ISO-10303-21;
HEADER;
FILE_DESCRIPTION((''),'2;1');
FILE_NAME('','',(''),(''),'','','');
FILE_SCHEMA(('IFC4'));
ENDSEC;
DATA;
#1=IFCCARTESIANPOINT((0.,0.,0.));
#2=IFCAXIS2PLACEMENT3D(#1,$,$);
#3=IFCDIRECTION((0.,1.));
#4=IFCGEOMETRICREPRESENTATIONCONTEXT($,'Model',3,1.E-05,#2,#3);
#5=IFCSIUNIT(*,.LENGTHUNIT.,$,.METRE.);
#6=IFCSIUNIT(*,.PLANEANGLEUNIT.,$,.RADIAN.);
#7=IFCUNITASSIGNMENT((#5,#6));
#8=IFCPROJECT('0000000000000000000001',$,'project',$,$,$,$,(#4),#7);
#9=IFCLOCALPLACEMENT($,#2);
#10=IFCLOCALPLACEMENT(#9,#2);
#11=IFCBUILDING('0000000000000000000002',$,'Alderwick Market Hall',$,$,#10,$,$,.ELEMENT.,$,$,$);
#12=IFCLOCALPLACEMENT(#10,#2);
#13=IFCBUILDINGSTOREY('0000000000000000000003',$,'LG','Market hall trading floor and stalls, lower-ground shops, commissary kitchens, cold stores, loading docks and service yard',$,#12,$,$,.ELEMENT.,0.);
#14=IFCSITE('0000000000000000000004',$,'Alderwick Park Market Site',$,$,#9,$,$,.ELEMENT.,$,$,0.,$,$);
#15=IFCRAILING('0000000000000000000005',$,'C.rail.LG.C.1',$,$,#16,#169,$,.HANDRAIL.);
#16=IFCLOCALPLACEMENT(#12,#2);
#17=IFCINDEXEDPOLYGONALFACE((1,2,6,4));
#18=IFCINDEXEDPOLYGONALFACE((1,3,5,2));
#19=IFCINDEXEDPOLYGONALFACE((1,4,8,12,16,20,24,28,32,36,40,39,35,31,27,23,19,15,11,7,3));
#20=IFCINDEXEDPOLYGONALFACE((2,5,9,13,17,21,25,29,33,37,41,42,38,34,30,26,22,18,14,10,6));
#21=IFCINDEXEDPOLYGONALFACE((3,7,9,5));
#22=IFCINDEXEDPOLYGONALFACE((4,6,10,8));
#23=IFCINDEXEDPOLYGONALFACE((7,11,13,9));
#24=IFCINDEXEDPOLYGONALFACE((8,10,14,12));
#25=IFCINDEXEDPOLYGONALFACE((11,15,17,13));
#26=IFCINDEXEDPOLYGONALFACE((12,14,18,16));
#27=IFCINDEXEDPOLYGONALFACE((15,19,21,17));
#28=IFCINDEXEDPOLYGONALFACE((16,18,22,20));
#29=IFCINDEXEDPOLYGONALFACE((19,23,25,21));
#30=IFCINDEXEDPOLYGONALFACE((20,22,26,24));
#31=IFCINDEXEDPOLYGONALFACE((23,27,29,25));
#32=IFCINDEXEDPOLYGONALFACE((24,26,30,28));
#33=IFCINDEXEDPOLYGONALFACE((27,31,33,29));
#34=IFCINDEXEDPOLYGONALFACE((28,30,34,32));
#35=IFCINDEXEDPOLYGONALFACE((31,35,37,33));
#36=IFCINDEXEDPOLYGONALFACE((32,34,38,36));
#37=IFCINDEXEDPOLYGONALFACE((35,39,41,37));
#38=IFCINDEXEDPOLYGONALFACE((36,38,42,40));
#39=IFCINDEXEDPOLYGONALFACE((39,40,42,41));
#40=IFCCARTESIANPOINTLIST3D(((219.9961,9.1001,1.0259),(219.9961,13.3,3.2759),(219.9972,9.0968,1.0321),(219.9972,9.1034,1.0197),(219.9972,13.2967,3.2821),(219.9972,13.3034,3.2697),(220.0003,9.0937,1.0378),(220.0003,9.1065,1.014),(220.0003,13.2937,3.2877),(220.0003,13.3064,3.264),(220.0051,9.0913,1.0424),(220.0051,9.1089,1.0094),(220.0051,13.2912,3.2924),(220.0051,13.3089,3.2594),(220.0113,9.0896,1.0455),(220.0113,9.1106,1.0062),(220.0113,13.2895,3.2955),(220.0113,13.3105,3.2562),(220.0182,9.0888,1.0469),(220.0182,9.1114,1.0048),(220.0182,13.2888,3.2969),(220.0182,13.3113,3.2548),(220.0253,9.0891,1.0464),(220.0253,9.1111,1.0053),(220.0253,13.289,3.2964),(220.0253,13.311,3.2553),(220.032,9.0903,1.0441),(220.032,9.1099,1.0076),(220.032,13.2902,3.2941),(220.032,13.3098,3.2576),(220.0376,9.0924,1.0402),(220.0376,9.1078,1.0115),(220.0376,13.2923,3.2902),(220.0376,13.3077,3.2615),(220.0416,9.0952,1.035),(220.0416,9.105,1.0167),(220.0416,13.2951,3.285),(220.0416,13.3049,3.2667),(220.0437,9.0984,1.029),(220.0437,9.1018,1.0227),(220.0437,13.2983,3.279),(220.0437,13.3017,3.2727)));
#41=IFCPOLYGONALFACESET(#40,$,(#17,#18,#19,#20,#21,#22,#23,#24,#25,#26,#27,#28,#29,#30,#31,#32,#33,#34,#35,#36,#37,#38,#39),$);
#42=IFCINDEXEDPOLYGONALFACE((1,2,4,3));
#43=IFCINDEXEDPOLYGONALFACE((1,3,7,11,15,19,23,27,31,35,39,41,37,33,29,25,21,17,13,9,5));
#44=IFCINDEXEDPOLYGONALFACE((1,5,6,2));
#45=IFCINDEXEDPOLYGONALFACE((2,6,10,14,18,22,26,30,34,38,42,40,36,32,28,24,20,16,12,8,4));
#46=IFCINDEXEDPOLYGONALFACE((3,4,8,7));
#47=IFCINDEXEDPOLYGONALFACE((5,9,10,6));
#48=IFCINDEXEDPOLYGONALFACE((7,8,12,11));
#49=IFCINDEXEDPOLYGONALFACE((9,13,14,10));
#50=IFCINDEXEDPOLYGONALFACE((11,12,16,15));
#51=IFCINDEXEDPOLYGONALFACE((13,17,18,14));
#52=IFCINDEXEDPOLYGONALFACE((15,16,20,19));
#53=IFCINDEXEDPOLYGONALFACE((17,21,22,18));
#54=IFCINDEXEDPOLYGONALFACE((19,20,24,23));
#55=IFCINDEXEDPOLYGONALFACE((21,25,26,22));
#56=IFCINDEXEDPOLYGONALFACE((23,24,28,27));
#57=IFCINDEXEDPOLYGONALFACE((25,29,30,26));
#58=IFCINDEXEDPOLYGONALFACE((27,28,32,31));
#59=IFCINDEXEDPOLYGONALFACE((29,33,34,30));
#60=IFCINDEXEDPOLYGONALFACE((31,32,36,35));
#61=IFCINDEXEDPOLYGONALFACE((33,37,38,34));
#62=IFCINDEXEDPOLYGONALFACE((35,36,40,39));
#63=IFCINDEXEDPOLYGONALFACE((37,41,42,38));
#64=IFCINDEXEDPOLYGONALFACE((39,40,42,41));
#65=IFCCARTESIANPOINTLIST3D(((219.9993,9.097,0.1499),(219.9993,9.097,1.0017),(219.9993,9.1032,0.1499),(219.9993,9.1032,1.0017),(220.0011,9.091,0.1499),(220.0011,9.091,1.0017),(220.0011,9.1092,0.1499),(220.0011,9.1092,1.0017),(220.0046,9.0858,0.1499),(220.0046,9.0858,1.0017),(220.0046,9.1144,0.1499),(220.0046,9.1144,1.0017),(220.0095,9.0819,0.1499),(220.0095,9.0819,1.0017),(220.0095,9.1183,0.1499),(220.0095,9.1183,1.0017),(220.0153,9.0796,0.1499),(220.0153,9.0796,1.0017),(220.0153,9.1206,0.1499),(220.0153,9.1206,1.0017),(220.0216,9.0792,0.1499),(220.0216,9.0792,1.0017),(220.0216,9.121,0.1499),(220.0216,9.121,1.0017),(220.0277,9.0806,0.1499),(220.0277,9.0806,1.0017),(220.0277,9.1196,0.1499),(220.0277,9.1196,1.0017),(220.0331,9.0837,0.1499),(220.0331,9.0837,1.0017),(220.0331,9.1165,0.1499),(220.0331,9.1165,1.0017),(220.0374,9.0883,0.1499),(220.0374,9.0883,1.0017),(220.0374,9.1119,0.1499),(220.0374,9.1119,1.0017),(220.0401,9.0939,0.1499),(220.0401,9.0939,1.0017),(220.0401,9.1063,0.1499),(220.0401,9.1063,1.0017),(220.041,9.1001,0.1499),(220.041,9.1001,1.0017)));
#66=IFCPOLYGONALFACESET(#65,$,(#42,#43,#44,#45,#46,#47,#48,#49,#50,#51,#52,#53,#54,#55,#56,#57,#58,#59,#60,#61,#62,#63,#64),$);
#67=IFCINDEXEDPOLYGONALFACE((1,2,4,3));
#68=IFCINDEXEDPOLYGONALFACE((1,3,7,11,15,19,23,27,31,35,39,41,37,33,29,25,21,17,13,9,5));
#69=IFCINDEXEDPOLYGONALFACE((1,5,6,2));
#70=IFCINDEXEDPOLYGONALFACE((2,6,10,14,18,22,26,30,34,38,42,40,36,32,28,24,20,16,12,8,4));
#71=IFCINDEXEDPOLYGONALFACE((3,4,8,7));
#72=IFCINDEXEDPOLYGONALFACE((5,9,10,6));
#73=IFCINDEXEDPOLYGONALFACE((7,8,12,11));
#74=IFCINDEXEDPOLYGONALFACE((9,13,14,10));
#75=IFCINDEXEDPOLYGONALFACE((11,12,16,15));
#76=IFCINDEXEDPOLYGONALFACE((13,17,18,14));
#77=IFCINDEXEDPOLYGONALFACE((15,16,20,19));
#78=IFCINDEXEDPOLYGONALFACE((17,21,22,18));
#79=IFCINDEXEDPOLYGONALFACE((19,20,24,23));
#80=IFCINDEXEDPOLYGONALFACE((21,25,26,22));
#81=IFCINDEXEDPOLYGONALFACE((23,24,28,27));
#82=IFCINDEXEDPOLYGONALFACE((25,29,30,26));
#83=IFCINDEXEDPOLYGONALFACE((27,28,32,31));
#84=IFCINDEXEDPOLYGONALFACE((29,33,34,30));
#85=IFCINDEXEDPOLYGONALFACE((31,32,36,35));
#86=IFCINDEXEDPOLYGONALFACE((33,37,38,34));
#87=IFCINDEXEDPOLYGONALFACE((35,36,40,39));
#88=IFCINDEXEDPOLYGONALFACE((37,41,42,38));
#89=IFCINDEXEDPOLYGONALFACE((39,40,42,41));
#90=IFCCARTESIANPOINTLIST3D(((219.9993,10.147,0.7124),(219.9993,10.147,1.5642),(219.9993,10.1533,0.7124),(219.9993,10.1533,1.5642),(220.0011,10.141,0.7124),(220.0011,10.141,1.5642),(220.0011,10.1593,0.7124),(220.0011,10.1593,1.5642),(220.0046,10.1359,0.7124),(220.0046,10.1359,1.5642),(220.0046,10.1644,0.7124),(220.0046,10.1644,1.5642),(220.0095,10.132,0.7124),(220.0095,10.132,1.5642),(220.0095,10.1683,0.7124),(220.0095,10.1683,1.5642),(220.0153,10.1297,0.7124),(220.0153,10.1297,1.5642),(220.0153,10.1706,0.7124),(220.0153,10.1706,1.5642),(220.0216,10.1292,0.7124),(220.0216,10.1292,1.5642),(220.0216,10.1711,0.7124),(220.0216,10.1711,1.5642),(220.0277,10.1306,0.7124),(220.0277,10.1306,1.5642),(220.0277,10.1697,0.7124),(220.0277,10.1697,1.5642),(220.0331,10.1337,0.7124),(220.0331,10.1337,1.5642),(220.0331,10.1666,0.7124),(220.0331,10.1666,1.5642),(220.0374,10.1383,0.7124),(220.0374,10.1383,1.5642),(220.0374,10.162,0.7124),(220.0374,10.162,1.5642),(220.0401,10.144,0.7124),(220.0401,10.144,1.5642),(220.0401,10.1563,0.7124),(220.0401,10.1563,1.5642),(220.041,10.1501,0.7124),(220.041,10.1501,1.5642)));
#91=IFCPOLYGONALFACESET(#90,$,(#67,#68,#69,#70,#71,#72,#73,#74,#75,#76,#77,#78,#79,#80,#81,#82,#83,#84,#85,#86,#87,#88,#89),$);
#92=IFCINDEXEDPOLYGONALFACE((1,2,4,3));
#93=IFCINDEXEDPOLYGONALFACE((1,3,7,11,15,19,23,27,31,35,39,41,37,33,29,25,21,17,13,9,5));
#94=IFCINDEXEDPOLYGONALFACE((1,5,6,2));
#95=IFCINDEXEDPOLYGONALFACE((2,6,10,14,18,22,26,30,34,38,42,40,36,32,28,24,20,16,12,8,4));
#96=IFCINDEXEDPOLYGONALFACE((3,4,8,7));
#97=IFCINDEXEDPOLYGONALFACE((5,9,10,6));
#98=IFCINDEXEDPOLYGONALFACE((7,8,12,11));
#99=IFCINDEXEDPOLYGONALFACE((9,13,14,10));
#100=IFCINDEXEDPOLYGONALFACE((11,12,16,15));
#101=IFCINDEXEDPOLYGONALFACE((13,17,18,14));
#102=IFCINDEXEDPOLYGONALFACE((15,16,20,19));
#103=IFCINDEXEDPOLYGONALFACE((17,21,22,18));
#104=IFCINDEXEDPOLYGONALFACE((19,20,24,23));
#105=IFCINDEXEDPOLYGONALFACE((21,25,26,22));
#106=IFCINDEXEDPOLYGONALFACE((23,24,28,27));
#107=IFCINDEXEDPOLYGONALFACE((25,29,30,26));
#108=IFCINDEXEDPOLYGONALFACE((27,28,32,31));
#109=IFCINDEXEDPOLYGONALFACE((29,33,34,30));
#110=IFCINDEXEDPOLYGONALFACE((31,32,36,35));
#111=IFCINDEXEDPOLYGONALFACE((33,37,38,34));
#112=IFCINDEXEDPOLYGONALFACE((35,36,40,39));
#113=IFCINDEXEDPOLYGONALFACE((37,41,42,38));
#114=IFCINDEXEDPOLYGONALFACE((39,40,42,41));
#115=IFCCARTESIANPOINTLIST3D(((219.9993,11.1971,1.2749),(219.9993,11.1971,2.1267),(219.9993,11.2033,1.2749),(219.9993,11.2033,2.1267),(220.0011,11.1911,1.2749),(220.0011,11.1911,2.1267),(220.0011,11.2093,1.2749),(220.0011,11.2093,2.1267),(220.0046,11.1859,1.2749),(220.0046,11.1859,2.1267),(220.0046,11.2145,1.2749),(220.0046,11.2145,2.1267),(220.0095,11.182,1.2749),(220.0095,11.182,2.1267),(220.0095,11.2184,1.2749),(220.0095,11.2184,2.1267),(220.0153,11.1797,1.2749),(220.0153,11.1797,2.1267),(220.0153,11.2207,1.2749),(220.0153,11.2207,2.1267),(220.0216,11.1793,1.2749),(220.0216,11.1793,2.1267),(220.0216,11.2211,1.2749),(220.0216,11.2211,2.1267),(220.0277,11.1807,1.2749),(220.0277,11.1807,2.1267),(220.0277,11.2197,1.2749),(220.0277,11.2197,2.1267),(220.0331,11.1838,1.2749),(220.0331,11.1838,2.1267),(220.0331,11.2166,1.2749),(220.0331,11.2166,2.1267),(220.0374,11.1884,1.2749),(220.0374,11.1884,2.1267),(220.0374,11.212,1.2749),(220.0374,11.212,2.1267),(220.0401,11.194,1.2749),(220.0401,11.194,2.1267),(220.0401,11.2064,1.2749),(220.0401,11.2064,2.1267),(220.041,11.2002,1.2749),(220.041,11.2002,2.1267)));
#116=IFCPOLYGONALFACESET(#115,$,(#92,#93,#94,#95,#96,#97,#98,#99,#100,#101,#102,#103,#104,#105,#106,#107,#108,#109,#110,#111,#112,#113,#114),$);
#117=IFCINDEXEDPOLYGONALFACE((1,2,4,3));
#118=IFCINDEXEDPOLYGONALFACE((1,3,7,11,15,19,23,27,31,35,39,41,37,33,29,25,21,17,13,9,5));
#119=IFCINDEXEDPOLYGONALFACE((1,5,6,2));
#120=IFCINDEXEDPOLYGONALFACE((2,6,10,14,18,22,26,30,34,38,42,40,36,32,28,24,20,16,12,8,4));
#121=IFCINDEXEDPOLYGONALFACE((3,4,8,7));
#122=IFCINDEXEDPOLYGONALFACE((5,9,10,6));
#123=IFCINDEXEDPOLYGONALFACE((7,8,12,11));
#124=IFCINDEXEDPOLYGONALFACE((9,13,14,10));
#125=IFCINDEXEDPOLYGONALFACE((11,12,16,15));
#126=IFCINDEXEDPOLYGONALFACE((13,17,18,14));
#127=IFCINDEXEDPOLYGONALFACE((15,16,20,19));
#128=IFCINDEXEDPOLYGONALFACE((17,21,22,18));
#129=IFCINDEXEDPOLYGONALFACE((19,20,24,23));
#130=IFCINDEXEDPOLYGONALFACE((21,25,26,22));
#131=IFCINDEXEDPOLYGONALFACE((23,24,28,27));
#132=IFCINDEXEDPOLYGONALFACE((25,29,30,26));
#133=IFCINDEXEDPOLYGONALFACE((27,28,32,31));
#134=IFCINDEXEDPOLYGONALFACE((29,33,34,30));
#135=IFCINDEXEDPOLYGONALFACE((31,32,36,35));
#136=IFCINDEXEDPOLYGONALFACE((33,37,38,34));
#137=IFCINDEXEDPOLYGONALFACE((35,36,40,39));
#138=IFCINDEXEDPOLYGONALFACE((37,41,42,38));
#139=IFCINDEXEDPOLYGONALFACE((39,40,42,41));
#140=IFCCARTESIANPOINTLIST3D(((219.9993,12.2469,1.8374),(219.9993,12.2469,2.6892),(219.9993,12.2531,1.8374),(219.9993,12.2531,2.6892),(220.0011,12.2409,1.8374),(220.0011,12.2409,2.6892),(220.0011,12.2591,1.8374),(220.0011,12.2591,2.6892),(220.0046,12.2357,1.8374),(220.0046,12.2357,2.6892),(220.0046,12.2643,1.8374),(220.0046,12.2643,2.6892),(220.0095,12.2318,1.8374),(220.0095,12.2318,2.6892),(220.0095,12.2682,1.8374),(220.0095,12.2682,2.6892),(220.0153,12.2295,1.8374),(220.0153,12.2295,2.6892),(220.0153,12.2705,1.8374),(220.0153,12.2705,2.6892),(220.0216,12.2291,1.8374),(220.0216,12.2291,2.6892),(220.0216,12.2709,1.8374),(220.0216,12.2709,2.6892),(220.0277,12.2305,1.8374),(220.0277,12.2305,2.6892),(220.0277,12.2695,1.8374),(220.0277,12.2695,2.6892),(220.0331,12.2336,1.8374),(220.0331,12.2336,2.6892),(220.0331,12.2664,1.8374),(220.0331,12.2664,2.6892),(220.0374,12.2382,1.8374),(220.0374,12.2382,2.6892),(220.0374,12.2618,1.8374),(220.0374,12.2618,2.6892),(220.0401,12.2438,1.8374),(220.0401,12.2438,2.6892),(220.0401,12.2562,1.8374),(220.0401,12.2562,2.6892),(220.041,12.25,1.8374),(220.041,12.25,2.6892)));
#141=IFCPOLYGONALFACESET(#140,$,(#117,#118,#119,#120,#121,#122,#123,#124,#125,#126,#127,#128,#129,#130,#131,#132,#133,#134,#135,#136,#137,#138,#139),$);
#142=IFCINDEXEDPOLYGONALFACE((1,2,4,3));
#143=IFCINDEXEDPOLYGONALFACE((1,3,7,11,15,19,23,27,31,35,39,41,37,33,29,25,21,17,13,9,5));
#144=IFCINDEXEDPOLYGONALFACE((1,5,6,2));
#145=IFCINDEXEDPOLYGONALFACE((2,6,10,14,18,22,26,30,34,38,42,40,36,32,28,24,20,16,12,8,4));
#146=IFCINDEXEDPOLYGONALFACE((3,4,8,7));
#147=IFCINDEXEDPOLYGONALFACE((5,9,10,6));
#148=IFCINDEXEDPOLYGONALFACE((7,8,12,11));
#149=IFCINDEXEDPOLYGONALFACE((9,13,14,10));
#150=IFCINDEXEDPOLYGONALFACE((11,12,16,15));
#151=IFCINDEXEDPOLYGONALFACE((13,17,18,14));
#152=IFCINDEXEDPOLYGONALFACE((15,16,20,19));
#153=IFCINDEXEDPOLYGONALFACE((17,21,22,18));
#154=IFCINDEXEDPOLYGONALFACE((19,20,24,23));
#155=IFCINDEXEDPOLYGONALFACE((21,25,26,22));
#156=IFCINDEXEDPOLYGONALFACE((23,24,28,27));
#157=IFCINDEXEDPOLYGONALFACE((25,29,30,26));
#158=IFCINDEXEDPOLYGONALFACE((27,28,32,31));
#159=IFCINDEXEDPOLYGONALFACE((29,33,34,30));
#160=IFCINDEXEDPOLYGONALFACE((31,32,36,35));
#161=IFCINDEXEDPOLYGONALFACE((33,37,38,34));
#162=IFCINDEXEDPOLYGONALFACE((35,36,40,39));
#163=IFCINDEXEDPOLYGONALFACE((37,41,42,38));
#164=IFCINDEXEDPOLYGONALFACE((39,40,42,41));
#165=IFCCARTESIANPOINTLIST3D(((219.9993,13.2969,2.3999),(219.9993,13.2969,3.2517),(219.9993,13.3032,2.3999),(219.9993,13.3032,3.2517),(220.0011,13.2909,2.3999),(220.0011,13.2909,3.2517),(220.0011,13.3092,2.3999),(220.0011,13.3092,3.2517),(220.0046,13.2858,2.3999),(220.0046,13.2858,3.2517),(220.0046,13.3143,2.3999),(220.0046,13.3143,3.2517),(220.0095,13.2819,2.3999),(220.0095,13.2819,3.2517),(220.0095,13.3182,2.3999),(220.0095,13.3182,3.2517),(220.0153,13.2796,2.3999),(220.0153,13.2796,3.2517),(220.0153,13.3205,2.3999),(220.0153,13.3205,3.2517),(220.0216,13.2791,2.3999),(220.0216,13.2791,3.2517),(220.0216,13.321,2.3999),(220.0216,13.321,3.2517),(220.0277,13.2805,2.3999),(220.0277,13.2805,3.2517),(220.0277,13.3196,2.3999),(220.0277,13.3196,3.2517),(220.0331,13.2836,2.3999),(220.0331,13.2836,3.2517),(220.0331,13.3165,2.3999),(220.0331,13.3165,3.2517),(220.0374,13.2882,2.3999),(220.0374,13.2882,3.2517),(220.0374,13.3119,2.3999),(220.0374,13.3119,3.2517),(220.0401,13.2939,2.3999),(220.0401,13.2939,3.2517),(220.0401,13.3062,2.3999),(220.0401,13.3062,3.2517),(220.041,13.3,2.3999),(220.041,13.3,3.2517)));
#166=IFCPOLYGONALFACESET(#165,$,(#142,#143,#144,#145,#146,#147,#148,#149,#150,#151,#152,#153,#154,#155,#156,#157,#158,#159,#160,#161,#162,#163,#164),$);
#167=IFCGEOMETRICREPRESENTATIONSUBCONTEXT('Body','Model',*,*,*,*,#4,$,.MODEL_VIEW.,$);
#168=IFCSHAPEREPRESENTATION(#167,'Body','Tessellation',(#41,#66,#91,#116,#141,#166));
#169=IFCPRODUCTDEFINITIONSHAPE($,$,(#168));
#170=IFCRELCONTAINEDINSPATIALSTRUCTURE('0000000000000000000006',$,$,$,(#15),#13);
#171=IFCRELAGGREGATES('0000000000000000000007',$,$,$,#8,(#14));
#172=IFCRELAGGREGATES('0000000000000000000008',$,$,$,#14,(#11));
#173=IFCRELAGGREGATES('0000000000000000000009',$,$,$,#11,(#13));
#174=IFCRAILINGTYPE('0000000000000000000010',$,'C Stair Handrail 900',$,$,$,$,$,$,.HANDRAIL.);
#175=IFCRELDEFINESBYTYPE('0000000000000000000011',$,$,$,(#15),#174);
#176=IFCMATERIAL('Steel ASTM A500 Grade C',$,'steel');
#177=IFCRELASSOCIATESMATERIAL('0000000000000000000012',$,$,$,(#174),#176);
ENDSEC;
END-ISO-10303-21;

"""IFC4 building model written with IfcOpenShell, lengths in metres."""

from ifc_helpers import new_model, si_unit, direction, frame, origin, origin_2d, place, context, subcontext, project, spatial, circle, extrude, material, type_object, element, save


model = new_model("IFC4")

# Units and contexts
model_context = context("Model", 3, precision=1e-05, world=origin(), true_north=direction((0.0, 1.0)))
body_context = subcontext(model_context, "Body", "Model", "MODEL_VIEW")
ifc_project = project(units=[si_unit("LENGTHUNIT", "METRE"), si_unit("PLANEANGLEUNIT", "RADIAN")], contexts=[model_context])

# Site, building, storey
site_placement = place(None, origin())
site = spatial("IfcSite", under=ifc_project, at=site_placement, Name="Alderwick Park Market Site", CompositionType="ELEMENT", RefElevation=0.0)
building_placement = place(site_placement, origin())
building = spatial("IfcBuilding", under=site, at=building_placement, Name="Alderwick Market Hall", CompositionType="ELEMENT")
storey_placement = place(building_placement, origin())
storey = spatial("IfcBuildingStorey", under=building, at=storey_placement, Name="LG", Description="Market hall trading floor and stalls, lower-ground shops, commissary kitchens, cold stores, loading docks and service yard", CompositionType="ELEMENT", Elevation=0.0)

# Railing
ifc_material_1 = material(Name="Steel ASTM A500 Grade C", Category="steel")
railing_type = type_object("IfcRailingType", Name="C Stair Handrail 900", PredefinedType="HANDRAIL", material=ifc_material_1)
for number, where, name in (
    (1, (220.02, 9.1001, 0.1499), "C.rail.LG.C.1"),
):
    element("IfcRailing", number, at=place(storey_placement, frame(where)), inside=storey, type_object=railing_type, Name=name, PredefinedType="HANDRAIL", context=body_context, shape_type="SweptSolid", body=[
        extrude(circle(Radius=0.0239, at=origin_2d()), frame((0.0, 0.0, 0.876), z_axis=(0.0, 0.881478, 0.472226), x_axis=(-1.0, 0.0, 0.0)), (0.0, 0.0, 1.0), 4.7646),
        extrude(circle(Radius=0.021, at=origin_2d()), origin(), (0.0, 0.0, 1.0), 0.8518),
        extrude(circle(Radius=0.021, at=origin_2d()), frame((0.0, 1.05, 0.5625)), (0.0, 0.0, 1.0), 0.8518),
        extrude(circle(Radius=0.021, at=origin_2d()), frame((0.0, 2.1001, 1.125)), (0.0, 0.0, 1.0), 0.8518),
        extrude(circle(Radius=0.021, at=origin_2d()), frame((0.0, 3.1499, 1.6875)), (0.0, 0.0, 1.0), 0.8518),
        extrude(circle(Radius=0.021, at=origin_2d()), frame((0.0, 4.2, 2.25)), (0.0, 0.0, 1.0), 0.8518),
    ])

save(model, "model.ifc")
